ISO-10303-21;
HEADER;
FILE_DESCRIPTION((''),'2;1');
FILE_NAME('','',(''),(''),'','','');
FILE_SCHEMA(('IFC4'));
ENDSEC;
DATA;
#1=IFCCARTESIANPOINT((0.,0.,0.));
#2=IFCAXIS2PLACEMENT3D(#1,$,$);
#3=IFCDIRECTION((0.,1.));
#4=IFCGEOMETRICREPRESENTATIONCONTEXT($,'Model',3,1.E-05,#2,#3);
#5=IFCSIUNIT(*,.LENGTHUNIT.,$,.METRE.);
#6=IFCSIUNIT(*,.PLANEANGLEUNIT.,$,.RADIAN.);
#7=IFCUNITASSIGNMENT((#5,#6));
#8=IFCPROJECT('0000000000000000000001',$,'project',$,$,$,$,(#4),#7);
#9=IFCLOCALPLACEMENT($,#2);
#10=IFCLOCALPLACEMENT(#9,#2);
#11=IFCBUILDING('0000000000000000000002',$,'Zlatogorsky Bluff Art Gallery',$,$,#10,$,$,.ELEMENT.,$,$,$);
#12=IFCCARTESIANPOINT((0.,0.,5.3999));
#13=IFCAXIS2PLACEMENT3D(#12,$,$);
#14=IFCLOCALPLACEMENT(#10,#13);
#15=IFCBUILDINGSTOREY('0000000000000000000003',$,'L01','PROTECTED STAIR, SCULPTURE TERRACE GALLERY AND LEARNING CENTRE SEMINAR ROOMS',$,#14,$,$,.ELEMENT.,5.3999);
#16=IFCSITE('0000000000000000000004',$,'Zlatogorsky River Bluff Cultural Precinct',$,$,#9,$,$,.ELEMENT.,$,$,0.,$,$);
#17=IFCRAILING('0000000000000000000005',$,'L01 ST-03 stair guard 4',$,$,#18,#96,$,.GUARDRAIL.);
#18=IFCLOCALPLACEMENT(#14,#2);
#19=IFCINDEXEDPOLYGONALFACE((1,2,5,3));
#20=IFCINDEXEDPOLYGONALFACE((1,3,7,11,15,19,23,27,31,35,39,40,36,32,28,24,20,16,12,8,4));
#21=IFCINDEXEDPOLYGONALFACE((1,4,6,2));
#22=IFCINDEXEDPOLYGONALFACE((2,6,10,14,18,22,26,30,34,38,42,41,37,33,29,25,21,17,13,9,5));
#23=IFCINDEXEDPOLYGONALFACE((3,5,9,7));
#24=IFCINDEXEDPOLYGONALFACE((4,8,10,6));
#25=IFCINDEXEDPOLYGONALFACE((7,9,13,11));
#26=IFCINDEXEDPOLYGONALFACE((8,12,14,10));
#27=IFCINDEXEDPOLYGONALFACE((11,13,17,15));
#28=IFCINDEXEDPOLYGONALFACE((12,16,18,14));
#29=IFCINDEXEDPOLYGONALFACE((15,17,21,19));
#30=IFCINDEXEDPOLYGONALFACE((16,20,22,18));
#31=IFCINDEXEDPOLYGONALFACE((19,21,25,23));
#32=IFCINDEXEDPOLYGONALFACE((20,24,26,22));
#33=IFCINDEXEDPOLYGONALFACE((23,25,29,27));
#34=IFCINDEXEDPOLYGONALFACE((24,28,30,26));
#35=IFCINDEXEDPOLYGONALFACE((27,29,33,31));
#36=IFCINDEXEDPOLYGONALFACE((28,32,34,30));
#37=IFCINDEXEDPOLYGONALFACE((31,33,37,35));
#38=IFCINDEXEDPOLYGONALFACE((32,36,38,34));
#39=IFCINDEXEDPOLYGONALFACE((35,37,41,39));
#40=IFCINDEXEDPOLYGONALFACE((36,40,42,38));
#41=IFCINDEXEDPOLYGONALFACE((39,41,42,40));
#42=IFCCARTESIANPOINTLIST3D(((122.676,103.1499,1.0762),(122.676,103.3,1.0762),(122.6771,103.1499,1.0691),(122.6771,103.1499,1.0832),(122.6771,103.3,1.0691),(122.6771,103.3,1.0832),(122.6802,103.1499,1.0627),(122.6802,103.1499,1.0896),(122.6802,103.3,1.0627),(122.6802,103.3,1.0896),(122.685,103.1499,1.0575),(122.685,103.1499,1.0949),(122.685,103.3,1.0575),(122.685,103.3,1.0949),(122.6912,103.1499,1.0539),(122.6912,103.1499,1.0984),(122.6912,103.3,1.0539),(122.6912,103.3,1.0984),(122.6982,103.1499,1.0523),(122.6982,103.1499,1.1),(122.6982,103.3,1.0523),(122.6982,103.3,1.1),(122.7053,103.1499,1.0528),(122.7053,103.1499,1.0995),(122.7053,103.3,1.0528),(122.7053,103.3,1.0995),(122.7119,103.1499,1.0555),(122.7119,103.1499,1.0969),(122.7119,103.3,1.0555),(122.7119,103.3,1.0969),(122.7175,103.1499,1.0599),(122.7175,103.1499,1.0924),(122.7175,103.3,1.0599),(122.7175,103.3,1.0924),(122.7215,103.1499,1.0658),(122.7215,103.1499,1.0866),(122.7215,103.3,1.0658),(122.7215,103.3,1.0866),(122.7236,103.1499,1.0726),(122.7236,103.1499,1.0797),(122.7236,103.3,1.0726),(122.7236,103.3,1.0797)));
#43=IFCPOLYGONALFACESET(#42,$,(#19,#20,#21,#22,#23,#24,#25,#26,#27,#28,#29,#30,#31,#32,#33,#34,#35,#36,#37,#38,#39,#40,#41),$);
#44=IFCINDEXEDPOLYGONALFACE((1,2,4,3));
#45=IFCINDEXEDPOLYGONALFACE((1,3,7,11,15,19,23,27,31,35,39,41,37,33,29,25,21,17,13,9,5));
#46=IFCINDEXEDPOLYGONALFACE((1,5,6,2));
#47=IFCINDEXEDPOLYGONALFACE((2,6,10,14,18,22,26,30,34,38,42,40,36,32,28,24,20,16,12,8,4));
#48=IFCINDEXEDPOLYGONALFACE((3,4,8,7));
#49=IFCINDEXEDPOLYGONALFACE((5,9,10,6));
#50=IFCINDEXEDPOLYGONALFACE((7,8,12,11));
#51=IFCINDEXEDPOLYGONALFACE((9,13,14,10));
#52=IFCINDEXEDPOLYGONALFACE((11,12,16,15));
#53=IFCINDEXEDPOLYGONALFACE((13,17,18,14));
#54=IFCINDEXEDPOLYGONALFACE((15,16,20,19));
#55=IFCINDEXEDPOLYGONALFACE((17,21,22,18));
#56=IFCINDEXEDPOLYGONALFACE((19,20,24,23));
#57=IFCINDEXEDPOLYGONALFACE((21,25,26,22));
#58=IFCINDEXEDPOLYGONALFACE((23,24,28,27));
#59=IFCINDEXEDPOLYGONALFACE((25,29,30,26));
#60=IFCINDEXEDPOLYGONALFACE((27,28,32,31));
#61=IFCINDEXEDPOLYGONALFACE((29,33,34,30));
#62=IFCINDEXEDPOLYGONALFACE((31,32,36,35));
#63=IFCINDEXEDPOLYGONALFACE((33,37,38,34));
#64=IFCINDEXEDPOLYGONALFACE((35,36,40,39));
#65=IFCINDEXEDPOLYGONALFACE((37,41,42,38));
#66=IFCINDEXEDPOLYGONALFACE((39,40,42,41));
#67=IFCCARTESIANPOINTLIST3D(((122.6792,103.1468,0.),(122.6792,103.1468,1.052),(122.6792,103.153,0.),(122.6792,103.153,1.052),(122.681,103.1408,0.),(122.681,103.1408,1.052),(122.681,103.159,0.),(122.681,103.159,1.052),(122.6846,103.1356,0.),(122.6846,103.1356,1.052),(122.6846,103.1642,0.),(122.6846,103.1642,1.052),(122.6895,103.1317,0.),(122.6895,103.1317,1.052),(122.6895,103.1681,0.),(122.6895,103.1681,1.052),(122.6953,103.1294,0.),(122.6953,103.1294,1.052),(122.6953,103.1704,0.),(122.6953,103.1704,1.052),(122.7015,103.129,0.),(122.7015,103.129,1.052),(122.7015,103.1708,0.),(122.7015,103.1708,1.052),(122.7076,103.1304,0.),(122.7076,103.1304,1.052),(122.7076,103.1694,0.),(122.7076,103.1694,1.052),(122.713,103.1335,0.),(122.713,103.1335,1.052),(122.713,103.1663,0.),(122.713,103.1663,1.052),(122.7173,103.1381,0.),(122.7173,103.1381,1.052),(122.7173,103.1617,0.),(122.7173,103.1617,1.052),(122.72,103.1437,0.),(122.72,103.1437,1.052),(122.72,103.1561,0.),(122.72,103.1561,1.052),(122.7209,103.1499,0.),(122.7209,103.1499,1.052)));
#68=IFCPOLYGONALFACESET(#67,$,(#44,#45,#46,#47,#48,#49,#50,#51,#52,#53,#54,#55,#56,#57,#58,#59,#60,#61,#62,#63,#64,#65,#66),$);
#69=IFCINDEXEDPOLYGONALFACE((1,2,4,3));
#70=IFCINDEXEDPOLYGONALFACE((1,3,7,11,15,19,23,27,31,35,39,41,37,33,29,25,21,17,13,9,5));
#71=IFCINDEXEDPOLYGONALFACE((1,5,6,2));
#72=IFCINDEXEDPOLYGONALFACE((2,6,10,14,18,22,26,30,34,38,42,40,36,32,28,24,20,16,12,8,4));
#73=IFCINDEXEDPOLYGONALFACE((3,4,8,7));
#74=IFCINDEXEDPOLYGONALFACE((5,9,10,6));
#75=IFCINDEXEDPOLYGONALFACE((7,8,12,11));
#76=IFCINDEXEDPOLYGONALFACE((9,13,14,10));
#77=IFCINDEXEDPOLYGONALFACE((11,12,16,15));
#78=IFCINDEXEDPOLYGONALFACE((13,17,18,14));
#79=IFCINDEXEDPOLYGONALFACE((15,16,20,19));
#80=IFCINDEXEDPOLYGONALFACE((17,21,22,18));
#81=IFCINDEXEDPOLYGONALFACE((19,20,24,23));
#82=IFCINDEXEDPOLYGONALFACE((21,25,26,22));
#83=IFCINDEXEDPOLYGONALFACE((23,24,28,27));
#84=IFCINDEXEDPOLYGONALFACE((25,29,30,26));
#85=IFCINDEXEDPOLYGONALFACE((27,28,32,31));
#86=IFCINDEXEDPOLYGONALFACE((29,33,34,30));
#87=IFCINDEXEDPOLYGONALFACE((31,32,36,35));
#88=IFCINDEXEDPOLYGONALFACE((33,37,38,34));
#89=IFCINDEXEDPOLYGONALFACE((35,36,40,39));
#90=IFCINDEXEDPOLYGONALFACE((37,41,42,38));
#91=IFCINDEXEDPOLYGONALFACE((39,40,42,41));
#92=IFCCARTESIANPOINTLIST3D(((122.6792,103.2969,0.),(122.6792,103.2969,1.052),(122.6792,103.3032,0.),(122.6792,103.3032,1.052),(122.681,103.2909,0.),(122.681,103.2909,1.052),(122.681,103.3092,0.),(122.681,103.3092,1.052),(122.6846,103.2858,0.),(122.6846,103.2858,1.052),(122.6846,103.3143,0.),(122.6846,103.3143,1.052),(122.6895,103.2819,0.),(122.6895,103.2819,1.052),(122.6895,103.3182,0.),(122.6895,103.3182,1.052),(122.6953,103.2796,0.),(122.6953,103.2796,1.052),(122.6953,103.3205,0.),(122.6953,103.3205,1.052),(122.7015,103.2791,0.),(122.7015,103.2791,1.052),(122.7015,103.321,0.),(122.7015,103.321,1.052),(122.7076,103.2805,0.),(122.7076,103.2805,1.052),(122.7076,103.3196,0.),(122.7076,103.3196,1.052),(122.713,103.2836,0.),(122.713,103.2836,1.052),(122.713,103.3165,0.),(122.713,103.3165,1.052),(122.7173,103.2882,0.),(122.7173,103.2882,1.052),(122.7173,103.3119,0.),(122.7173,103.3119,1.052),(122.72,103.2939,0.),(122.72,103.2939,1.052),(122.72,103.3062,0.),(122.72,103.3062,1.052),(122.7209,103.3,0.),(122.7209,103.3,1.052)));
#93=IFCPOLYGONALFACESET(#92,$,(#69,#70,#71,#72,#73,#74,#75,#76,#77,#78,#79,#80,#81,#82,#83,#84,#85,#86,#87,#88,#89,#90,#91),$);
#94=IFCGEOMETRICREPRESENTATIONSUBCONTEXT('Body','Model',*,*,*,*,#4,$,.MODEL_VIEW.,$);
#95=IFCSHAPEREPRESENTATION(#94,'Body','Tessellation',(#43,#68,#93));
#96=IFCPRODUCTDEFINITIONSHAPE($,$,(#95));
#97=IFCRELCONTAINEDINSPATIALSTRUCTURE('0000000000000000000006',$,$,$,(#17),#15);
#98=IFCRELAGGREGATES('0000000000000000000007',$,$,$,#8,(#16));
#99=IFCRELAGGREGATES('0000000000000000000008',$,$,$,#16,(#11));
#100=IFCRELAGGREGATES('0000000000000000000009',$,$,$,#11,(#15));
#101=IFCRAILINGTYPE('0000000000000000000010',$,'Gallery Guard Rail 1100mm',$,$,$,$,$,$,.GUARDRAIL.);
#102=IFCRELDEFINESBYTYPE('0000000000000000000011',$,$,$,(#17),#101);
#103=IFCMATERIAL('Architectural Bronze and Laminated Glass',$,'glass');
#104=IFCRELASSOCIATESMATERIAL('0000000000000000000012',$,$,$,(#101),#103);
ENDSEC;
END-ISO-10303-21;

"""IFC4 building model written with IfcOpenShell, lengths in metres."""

from ifc_helpers import new_model, si_unit, direction, frame, origin, origin_2d, place, context, subcontext, project, spatial, circle, extrude, material, type_object, element, save


model = new_model("IFC4")

# Units and contexts
model_context = context("Model", 3, precision=1e-05, world=origin(), true_north=direction((0.0, 1.0)))
body_context = subcontext(model_context, "Body", "Model", "MODEL_VIEW")
ifc_project = project(units=[si_unit("LENGTHUNIT", "METRE"), si_unit("PLANEANGLEUNIT", "RADIAN")], contexts=[model_context])

# Site, building, storey
site_placement = place(None, origin())
site = spatial("IfcSite", under=ifc_project, at=site_placement, Name="Zlatogorsky River Bluff Cultural Precinct", CompositionType="ELEMENT", RefElevation=0.0)
building_placement = place(site_placement, origin())
building = spatial("IfcBuilding", under=site, at=building_placement, Name="Zlatogorsky Bluff Art Gallery", CompositionType="ELEMENT")
storey_placement = place(building_placement, frame((0.0, 0.0, 5.3999)))
storey = spatial("IfcBuildingStorey", under=building, at=storey_placement, Name="L01", Description="PROTECTED STAIR, SCULPTURE TERRACE GALLERY AND LEARNING CENTRE SEMINAR ROOMS", CompositionType="ELEMENT", Elevation=5.3999)

# Railing
ifc_material_1 = material(Name="Architectural Bronze and Laminated Glass", Category="glass")
railing_type_1 = type_object("IfcRailingType", Name="Gallery Guard Rail 1100mm", PredefinedType="GUARDRAIL", material=ifc_material_1)
railing_1_placement = place(storey_placement, frame((122.7, 103.1499, 0.0)))
element("IfcRailing", 1, at=railing_1_placement, inside=storey, type_object=railing_type_1, Name="L01 ST-03 stair guard 4", PredefinedType="GUARDRAIL", context=body_context, shape_type="SweptSolid", body=[
    extrude(circle(Radius=0.0239, at=origin_2d()), frame((0.0, 0.0, 1.0762), z_axis=(0.0, 1.0, 0.0), x_axis=(-1.0, 0.0, 0.0)), (0.0, 0.0, 1.0), 0.1501),
    extrude(circle(Radius=0.021, at=origin_2d()), origin(), (0.0, 0.0, 1.0), 1.052),
    extrude(circle(Radius=0.021, at=origin_2d()), frame((0.0, 0.1501, 0.0)), (0.0, 0.0, 1.0), 1.052),
])

save(model, "model.ifc")
